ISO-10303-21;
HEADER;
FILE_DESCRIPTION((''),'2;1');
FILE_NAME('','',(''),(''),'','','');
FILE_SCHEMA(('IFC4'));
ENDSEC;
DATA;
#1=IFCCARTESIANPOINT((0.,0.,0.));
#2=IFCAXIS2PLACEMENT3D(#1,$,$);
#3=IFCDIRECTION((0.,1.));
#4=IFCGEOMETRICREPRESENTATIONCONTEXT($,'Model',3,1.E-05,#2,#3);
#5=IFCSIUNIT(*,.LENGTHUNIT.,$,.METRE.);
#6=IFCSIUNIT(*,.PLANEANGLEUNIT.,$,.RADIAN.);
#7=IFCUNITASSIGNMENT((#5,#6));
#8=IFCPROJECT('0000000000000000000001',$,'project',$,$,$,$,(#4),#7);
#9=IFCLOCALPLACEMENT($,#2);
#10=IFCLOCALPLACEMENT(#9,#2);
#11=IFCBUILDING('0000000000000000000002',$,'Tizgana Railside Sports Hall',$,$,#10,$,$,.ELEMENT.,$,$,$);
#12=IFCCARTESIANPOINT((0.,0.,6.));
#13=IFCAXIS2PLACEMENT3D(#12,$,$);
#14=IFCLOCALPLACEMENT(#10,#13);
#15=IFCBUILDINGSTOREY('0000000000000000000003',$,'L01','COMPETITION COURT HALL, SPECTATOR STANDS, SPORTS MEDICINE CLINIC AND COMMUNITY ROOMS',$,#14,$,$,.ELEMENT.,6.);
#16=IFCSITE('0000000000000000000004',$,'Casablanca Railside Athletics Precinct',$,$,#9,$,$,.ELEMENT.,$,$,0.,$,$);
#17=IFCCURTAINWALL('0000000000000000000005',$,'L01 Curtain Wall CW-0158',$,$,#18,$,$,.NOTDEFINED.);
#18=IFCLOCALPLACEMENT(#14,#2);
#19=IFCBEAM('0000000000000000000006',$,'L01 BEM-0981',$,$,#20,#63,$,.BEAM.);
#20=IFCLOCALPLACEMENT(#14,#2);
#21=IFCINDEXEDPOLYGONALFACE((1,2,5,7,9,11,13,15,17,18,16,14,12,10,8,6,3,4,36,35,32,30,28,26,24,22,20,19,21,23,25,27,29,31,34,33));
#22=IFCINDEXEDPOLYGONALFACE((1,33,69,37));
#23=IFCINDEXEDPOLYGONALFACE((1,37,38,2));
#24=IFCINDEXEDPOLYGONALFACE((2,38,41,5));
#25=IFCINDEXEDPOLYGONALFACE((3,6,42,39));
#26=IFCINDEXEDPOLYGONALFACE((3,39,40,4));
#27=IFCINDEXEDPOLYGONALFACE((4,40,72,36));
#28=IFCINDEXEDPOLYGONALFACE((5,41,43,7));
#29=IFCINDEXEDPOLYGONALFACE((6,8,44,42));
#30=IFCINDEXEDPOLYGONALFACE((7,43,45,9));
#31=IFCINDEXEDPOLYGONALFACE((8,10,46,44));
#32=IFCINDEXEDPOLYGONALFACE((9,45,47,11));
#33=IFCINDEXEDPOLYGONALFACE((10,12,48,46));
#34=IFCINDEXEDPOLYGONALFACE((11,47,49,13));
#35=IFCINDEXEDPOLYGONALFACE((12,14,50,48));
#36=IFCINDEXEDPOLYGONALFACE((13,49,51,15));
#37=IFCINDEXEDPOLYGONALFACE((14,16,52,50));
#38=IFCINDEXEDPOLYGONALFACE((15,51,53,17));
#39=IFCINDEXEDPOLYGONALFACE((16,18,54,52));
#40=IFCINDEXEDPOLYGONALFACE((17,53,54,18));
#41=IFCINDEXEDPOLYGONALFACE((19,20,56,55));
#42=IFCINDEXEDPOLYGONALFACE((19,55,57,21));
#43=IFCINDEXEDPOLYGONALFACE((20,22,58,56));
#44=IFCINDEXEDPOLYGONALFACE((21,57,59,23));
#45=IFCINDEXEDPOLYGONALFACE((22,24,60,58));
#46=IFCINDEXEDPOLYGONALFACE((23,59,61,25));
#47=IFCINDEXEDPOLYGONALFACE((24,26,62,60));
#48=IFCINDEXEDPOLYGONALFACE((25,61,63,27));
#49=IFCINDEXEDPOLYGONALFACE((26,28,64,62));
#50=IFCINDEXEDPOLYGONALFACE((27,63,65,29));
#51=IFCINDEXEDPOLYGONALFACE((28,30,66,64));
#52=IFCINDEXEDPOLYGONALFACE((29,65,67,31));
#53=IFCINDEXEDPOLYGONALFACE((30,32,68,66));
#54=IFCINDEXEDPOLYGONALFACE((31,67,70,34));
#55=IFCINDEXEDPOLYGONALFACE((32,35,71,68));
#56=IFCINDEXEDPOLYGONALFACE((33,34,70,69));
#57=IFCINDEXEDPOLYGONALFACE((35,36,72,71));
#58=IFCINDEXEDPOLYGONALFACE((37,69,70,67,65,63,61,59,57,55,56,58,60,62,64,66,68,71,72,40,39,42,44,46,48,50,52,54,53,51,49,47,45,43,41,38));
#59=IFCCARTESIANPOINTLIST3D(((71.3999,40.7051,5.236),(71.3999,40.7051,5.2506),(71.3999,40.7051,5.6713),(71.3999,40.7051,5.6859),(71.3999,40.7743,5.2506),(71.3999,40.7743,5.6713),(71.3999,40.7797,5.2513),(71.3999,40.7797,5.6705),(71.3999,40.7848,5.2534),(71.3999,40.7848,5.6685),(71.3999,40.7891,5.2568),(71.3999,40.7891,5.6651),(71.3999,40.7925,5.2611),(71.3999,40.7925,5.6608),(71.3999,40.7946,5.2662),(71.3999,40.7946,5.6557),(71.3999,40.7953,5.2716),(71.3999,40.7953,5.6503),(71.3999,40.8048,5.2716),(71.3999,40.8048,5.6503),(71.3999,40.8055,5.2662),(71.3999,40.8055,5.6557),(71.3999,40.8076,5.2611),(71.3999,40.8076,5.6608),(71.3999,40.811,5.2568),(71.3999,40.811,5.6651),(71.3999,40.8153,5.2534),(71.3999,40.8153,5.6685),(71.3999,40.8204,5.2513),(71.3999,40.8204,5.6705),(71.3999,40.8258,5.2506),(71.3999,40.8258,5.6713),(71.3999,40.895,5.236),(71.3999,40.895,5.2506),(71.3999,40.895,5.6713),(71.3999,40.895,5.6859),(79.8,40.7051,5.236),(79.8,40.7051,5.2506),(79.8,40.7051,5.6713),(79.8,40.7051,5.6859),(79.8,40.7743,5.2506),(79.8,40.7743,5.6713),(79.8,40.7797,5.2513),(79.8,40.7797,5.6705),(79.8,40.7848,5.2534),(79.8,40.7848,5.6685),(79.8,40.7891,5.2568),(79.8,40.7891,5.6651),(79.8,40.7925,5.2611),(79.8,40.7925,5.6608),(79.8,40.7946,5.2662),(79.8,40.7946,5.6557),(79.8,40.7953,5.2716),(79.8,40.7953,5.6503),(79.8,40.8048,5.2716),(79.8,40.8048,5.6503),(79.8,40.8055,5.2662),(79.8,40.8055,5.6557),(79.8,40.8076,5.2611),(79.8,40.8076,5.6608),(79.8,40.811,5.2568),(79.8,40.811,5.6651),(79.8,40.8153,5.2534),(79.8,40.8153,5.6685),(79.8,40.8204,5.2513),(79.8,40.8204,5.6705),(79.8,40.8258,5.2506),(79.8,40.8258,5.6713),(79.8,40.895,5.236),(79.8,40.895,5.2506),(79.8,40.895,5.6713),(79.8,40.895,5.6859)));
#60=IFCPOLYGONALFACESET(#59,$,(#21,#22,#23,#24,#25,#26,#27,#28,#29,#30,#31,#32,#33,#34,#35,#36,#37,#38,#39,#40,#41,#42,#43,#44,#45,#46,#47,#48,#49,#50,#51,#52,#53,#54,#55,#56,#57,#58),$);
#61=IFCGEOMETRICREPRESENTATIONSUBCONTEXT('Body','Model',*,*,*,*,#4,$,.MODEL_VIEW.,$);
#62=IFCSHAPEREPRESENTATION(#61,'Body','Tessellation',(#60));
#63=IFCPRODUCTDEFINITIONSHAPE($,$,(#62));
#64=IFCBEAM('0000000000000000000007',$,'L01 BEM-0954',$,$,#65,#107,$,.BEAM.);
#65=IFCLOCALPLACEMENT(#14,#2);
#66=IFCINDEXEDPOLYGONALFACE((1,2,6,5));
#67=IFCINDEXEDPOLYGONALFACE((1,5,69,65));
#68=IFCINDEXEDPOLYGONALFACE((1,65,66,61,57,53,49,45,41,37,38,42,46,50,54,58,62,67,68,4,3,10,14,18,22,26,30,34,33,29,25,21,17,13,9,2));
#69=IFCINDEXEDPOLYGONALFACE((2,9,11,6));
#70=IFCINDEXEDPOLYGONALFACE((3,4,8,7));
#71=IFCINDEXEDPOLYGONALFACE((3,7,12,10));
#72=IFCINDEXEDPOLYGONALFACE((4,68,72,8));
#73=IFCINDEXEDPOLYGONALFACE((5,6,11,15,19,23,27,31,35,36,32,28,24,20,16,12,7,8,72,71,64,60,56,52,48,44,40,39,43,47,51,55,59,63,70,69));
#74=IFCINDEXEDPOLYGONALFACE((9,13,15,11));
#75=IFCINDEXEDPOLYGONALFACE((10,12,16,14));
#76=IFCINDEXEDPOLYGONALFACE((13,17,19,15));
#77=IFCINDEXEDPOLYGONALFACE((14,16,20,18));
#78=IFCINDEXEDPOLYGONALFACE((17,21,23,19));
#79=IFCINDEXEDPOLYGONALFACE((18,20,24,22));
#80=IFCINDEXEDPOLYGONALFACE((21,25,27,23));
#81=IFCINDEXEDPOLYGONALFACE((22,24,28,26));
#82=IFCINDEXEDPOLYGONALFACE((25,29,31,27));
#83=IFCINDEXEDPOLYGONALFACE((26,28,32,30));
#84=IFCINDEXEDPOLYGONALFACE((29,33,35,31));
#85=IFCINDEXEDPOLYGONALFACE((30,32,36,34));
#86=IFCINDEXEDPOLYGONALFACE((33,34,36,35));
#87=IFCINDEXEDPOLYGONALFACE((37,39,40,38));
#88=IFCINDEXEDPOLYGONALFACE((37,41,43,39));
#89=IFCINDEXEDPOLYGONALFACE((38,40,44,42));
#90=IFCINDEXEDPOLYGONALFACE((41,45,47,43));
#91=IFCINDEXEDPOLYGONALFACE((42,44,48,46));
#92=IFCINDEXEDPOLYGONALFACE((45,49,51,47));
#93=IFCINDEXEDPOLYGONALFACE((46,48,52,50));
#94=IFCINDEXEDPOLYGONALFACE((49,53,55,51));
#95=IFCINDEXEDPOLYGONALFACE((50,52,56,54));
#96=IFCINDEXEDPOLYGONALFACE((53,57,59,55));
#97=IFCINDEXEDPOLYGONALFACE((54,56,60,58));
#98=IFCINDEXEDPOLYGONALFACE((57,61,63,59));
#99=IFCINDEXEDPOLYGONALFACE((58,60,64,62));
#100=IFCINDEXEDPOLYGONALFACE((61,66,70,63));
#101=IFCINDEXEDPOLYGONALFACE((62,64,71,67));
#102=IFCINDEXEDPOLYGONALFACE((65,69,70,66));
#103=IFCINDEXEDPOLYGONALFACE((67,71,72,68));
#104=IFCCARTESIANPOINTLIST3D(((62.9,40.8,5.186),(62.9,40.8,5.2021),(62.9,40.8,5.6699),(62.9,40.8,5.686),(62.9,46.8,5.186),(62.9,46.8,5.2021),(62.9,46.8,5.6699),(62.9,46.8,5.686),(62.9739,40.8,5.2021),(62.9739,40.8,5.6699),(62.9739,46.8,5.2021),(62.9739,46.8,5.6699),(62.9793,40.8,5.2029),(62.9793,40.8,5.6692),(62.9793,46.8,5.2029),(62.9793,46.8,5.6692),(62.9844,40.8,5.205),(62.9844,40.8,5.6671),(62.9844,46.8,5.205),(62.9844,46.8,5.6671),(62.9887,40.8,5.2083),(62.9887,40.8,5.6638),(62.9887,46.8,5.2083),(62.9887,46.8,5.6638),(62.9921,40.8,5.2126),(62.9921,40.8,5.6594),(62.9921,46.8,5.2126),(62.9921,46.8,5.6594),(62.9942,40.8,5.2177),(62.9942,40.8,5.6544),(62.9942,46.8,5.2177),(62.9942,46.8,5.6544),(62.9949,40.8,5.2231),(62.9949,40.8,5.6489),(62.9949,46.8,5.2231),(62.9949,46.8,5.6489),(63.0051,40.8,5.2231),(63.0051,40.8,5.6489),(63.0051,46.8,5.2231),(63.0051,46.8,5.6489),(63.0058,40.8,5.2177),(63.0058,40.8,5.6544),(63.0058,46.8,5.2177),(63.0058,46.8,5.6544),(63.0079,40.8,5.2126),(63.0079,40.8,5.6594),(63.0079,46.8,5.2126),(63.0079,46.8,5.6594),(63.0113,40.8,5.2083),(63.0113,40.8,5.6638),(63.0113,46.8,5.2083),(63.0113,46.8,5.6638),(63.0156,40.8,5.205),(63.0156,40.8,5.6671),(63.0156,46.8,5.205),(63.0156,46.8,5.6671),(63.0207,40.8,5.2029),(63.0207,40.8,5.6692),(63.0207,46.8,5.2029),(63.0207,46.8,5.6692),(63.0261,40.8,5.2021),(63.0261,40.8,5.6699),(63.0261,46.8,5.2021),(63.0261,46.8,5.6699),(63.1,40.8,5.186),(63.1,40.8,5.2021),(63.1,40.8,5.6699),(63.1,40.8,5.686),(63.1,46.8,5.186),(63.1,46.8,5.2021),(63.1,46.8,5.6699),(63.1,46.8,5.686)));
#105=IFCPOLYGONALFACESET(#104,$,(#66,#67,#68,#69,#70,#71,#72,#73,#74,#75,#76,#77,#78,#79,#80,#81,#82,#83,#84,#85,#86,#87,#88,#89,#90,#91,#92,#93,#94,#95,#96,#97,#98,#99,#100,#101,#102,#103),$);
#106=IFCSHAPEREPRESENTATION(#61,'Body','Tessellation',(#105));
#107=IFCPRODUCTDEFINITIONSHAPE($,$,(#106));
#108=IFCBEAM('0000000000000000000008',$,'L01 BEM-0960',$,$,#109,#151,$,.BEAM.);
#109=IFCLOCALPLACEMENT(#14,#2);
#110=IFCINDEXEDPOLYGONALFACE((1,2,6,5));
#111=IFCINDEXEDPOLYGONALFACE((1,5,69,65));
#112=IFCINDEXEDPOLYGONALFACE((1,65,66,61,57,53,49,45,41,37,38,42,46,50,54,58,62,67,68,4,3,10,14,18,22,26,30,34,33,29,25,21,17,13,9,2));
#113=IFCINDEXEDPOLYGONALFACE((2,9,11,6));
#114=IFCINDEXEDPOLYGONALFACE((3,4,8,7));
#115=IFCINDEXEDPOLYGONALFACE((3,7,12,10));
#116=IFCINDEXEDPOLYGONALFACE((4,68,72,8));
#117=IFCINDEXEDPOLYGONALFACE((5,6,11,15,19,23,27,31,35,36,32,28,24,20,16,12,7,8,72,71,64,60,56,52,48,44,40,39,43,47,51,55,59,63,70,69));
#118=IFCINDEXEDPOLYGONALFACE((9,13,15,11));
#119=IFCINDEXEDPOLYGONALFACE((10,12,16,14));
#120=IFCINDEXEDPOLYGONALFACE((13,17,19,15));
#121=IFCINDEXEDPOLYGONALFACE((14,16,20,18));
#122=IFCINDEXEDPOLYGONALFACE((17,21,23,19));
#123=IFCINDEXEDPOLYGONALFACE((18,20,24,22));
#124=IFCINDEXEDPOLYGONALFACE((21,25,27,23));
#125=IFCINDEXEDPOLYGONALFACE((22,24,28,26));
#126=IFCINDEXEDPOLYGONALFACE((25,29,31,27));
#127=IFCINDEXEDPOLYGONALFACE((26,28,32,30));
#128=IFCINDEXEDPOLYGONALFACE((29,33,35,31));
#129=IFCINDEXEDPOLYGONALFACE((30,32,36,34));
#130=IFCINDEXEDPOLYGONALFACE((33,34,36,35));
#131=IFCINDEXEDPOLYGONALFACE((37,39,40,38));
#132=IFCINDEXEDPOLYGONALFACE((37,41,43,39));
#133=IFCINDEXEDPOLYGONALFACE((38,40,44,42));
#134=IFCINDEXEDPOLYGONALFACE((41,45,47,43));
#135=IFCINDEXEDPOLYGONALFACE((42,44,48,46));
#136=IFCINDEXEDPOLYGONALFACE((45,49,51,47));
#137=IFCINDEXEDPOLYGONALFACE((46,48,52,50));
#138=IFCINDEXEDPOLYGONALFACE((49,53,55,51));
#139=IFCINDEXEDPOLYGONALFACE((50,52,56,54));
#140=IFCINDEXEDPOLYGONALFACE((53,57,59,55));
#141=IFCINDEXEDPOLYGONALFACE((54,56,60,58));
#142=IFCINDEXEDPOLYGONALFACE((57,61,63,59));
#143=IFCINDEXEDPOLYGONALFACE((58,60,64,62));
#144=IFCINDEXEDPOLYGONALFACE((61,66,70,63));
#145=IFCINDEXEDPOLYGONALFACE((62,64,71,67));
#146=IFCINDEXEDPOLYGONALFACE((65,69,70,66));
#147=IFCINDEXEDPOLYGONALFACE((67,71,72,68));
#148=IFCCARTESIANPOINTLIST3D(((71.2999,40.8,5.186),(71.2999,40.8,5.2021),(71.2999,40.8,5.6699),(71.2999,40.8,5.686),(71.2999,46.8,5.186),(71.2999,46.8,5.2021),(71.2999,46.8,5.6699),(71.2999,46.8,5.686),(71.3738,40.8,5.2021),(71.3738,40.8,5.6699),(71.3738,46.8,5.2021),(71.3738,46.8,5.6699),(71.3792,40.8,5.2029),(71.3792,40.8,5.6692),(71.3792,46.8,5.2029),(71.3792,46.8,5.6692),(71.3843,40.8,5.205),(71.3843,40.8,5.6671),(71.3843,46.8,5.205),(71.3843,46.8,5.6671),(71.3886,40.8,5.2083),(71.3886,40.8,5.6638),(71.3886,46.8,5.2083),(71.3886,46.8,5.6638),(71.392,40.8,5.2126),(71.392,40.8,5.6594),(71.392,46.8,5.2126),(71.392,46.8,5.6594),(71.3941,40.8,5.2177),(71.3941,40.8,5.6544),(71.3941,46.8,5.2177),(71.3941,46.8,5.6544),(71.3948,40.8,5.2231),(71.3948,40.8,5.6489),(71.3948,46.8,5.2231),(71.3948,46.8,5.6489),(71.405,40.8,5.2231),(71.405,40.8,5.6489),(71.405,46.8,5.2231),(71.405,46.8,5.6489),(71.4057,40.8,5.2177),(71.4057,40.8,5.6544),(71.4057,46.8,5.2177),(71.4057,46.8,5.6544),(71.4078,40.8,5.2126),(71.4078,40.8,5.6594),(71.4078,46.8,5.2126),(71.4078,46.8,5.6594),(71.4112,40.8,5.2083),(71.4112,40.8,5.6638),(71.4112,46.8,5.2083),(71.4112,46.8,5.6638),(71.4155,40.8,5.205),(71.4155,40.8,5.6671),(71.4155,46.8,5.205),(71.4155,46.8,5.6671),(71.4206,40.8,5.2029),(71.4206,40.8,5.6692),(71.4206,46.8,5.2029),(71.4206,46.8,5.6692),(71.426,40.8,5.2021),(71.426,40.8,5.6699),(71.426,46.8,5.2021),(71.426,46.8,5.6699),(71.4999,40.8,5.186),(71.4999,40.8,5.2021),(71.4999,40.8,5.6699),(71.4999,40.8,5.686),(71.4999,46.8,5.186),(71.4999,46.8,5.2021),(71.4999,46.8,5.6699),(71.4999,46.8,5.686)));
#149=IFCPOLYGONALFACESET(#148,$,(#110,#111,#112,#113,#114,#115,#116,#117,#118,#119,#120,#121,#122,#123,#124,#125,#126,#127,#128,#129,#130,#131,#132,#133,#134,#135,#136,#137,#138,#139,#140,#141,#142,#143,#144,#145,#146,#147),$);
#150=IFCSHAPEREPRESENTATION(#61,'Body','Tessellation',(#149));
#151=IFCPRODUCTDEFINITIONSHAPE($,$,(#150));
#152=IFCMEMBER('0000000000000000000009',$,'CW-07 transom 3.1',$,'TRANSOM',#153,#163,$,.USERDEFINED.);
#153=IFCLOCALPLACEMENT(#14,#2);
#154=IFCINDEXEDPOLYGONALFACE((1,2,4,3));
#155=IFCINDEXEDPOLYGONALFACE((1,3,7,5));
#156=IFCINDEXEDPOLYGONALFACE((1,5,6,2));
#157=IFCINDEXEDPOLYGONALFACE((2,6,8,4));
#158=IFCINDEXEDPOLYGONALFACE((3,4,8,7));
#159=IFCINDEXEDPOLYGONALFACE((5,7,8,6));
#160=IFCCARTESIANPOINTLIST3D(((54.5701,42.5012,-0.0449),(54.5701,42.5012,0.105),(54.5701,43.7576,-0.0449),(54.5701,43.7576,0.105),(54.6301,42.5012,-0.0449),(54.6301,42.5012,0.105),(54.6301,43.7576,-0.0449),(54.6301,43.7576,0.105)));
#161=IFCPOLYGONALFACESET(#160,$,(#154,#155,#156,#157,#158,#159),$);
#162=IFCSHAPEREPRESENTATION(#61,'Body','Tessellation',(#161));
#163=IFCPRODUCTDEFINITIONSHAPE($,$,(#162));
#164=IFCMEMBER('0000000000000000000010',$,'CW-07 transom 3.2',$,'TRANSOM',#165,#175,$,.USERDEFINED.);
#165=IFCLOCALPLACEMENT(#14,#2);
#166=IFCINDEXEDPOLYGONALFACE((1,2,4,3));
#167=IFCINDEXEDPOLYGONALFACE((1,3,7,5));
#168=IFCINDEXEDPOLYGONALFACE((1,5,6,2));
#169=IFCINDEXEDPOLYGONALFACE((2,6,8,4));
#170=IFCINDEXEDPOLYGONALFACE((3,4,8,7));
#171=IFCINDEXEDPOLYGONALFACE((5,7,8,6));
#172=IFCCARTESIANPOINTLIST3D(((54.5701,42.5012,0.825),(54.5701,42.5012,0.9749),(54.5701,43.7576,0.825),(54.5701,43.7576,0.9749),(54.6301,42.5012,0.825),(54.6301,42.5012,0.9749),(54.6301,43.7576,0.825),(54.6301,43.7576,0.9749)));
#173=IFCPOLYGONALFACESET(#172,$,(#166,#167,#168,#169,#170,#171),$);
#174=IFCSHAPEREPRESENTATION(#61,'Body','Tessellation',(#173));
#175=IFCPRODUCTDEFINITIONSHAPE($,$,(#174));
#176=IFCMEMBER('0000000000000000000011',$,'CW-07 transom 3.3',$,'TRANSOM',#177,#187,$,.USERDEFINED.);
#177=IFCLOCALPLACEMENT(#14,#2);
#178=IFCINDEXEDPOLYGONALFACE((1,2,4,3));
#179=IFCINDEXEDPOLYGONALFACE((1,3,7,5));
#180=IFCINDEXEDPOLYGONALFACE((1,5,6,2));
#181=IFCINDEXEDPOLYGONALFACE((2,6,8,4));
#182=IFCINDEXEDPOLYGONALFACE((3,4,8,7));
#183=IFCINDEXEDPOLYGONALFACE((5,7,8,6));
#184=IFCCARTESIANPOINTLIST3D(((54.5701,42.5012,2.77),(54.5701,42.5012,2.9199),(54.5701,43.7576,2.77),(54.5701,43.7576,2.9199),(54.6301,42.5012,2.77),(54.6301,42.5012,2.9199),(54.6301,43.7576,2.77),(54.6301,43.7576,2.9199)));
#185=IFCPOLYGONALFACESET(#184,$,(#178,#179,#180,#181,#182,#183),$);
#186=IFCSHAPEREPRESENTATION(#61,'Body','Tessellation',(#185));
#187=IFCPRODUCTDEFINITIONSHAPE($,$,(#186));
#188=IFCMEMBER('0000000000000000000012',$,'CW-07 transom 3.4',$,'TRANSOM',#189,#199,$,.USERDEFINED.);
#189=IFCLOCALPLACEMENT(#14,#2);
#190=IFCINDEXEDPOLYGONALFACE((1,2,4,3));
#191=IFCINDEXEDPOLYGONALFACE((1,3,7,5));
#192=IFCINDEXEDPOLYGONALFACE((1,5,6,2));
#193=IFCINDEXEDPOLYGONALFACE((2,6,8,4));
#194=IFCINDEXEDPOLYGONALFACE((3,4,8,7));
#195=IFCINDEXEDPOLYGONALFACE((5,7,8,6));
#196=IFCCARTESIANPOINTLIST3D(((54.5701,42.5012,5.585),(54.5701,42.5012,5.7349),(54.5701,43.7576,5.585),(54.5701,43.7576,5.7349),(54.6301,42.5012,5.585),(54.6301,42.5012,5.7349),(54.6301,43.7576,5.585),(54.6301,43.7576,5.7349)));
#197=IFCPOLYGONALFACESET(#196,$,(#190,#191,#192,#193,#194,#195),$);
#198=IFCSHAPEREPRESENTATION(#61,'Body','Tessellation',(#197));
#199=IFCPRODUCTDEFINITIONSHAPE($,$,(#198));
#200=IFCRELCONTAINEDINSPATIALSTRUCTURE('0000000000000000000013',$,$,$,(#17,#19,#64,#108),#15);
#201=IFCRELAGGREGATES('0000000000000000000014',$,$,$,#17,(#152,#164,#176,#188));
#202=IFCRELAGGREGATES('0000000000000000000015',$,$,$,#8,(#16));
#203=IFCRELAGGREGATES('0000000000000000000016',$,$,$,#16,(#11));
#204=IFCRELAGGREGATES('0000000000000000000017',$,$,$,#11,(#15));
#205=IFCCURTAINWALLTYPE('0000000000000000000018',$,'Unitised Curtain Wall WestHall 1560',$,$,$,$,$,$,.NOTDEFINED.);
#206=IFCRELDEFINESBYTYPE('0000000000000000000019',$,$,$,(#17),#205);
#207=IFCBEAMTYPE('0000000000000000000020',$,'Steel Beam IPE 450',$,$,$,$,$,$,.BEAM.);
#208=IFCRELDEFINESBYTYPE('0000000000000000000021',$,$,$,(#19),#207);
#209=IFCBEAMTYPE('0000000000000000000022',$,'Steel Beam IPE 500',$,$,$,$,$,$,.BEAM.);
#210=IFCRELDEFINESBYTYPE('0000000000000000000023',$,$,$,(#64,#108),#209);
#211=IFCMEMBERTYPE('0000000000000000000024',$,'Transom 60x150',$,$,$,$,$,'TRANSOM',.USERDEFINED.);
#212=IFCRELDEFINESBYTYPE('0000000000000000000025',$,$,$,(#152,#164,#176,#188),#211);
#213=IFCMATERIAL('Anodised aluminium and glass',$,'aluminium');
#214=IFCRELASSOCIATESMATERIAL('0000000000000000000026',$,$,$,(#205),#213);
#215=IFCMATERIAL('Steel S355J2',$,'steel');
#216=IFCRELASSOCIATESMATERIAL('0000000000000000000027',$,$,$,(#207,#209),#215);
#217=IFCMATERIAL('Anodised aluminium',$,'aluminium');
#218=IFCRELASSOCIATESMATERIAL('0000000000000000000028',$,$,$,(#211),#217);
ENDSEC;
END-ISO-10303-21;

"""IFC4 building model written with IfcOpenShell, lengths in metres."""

from ifc_helpers import new_model, si_unit, direction, frame, origin, origin_2d, place, context, subcontext, project, spatial, rectangle, i_section, extrude, material, material_profile, profile_set, type_object, element, aggregate, save


model = new_model("IFC4")

# Units and contexts
model_context = context("Model", 3, precision=1e-05, world=origin(), true_north=direction((0.0, 1.0)))
body_context = subcontext(model_context, "Body", "Model", "MODEL_VIEW")
ifc_project = project(units=[si_unit("LENGTHUNIT", "METRE"), si_unit("PLANEANGLEUNIT", "RADIAN")], contexts=[model_context])

# Site, building, storey
site_placement = place(None, origin())
site = spatial("IfcSite", under=ifc_project, at=site_placement, Name="Casablanca Railside Athletics Precinct", CompositionType="ELEMENT", RefElevation=0.0)
building_placement = place(site_placement, origin())
building = spatial("IfcBuilding", under=site, at=building_placement, Name="Tizgana Railside Sports Hall", CompositionType="ELEMENT")
storey_placement = place(building_placement, frame((0.0, 0.0, 6.0)))
storey = spatial("IfcBuildingStorey", under=building, at=storey_placement, Name="L01", Description="COMPETITION COURT HALL, SPECTATOR STANDS, SPORTS MEDICINE CLINIC AND COMMUNITY ROOMS", CompositionType="ELEMENT", Elevation=6.0)

# Shared definitions
ifc_material_1 = material(Name="Steel S355J2", Category="steel")

# Curtain wall
ifc_material_2 = material(Name="Anodised aluminium and glass", Category="aluminium")
curtain_wall_type = type_object("IfcCurtainWallType", Name="Unitised Curtain Wall WestHall 1560", PredefinedType="NOTDEFINED", material=ifc_material_2)
curtain_wall_placement = place(storey_placement, origin())
curtain_wall = element("IfcCurtainWall", 1, at=curtain_wall_placement, inside=storey, type_object=curtain_wall_type, Name="L01 Curtain Wall CW-0158", PredefinedType="NOTDEFINED")
ifc_material_3 = material(Name="Anodised aluminium", Category="aluminium")

# Beams
ifc_material_profile_1 = material_profile(ifc_material_1, i_section(OverallWidth=0.1899, OverallDepth=0.45, WebThickness=0.0095, FlangeThickness=0.0146, FilletRadius=0.021, at=origin_2d()), Name="IPE 450")
ifc_profile_set_1 = profile_set([ifc_material_profile_1], Name="Steel S355J2")
beam_type_1 = type_object("IfcBeamType", Name="Steel Beam IPE 450", PredefinedType="BEAM", material=ifc_profile_set_1)
beam_1_placement = place(storey_placement, frame((71.3999, 40.8, 5.4609), z_axis=(1.0, 0.0, 0.0), x_axis=(0.0, 1.0, 0.0)))
element("IfcBeam", 2, at=beam_1_placement, inside=storey, type_object=beam_type_1, Name="L01 BEM-0981", PredefinedType="BEAM", context=body_context, shape_type="SweptSolid", body=[
    extrude(i_section(OverallWidth=0.1899, OverallDepth=0.45, WebThickness=0.0095, FlangeThickness=0.0146, FilletRadius=0.021, at=origin_2d()), origin(), (0.0, 0.0, 1.0), 8.4001),
])
ifc_material_profile_2 = material_profile(ifc_material_1, i_section(OverallWidth=0.2, OverallDepth=0.5, WebThickness=0.0103, FlangeThickness=0.0161, FilletRadius=0.021, at=origin_2d()), Name="IPE 500")
ifc_profile_set_2 = profile_set([ifc_material_profile_2], Name="Steel S355J2")
beam_type_2 = type_object("IfcBeamType", Name="Steel Beam IPE 500", PredefinedType="BEAM", material=ifc_profile_set_2)
for number, where, z_axis, x_axis, name in (
    (3, (63.0, 40.8, 5.436), (0.0, 1.0, 0.0), (-1.0, 0.0, 0.0), "L01 BEM-0954"),
    (4, (71.3999, 40.8, 5.436), (0.0, 1.0, 0.0), (-1.0, 0.0, 0.0), "L01 BEM-0960"),
):
    element("IfcBeam", number, at=place(storey_placement, frame(where, z_axis=z_axis, x_axis=x_axis)), inside=storey, type_object=beam_type_2, Name=name, PredefinedType="BEAM", context=body_context, shape_type="SweptSolid", body=[
        extrude(i_section(OverallWidth=0.2, OverallDepth=0.5, WebThickness=0.0103, FlangeThickness=0.0161, FilletRadius=0.021, at=origin_2d()), origin(), (0.0, 0.0, 1.0), 6.0),
    ])

# Members
ifc_material_profile_3 = material_profile(ifc_material_3, rectangle(XDim=0.0601, YDim=0.1499, at=origin_2d()), Name="Transom 60x150")
ifc_profile_set_3 = profile_set([ifc_material_profile_3], Name="Anodised aluminium")
member_type_1 = type_object("IfcMemberType", Name="Transom 60x150", ElementType="TRANSOM", PredefinedType="USERDEFINED", material=ifc_profile_set_3)
member_1_placement = place(storey_placement, frame((54.6001, 43.7576, 0.03), z_axis=(0.0, -1.0, 0.0), x_axis=(1.0, 0.0, 0.0)))
member_1 = element("IfcMember", 5, at=member_1_placement, type_object=member_type_1, Name="CW-07 transom 3.1", ObjectType="TRANSOM", PredefinedType="USERDEFINED", context=body_context, shape_type="SweptSolid", body=[
    extrude(rectangle(XDim=0.0601, YDim=0.1499, at=origin_2d()), origin(), (0.0, 0.0, 1.0), 1.2563),
])
member_2_placement = place(storey_placement, frame((54.6001, 43.7576, 0.8999), z_axis=(0.0, -1.0, 0.0), x_axis=(1.0, 0.0, 0.0)))
member_2 = element("IfcMember", 6, at=member_2_placement, type_object=member_type_1, Name="CW-07 transom 3.2", ObjectType="TRANSOM", PredefinedType="USERDEFINED", context=body_context, shape_type="SweptSolid", body=[
    extrude(rectangle(XDim=0.0601, YDim=0.1499, at=origin_2d()), origin(), (0.0, 0.0, 1.0), 1.2563),
])
member_3_placement = place(storey_placement, frame((54.6001, 43.7576, 2.845), z_axis=(0.0, -1.0, 0.0), x_axis=(1.0, 0.0, 0.0)))
member_3 = element("IfcMember", 7, at=member_3_placement, type_object=member_type_1, Name="CW-07 transom 3.3", ObjectType="TRANSOM", PredefinedType="USERDEFINED", context=body_context, shape_type="SweptSolid", body=[
    extrude(rectangle(XDim=0.0601, YDim=0.1499, at=origin_2d()), origin(), (0.0, 0.0, 1.0), 1.2563),
])
member_4_placement = place(storey_placement, frame((54.6001, 43.7576, 5.6599), z_axis=(0.0, -1.0, 0.0), x_axis=(1.0, 0.0, 0.0)))
member_4 = element("IfcMember", 8, at=member_4_placement, type_object=member_type_1, Name="CW-07 transom 3.4", ObjectType="TRANSOM", PredefinedType="USERDEFINED", context=body_context, shape_type="SweptSolid", body=[
    extrude(rectangle(XDim=0.0601, YDim=0.1499, at=origin_2d()), origin(), (0.0, 0.0, 1.0), 1.2563),
])
aggregate(curtain_wall, [member_1, member_2, member_3, member_4])

save(model, "model.ifc")
